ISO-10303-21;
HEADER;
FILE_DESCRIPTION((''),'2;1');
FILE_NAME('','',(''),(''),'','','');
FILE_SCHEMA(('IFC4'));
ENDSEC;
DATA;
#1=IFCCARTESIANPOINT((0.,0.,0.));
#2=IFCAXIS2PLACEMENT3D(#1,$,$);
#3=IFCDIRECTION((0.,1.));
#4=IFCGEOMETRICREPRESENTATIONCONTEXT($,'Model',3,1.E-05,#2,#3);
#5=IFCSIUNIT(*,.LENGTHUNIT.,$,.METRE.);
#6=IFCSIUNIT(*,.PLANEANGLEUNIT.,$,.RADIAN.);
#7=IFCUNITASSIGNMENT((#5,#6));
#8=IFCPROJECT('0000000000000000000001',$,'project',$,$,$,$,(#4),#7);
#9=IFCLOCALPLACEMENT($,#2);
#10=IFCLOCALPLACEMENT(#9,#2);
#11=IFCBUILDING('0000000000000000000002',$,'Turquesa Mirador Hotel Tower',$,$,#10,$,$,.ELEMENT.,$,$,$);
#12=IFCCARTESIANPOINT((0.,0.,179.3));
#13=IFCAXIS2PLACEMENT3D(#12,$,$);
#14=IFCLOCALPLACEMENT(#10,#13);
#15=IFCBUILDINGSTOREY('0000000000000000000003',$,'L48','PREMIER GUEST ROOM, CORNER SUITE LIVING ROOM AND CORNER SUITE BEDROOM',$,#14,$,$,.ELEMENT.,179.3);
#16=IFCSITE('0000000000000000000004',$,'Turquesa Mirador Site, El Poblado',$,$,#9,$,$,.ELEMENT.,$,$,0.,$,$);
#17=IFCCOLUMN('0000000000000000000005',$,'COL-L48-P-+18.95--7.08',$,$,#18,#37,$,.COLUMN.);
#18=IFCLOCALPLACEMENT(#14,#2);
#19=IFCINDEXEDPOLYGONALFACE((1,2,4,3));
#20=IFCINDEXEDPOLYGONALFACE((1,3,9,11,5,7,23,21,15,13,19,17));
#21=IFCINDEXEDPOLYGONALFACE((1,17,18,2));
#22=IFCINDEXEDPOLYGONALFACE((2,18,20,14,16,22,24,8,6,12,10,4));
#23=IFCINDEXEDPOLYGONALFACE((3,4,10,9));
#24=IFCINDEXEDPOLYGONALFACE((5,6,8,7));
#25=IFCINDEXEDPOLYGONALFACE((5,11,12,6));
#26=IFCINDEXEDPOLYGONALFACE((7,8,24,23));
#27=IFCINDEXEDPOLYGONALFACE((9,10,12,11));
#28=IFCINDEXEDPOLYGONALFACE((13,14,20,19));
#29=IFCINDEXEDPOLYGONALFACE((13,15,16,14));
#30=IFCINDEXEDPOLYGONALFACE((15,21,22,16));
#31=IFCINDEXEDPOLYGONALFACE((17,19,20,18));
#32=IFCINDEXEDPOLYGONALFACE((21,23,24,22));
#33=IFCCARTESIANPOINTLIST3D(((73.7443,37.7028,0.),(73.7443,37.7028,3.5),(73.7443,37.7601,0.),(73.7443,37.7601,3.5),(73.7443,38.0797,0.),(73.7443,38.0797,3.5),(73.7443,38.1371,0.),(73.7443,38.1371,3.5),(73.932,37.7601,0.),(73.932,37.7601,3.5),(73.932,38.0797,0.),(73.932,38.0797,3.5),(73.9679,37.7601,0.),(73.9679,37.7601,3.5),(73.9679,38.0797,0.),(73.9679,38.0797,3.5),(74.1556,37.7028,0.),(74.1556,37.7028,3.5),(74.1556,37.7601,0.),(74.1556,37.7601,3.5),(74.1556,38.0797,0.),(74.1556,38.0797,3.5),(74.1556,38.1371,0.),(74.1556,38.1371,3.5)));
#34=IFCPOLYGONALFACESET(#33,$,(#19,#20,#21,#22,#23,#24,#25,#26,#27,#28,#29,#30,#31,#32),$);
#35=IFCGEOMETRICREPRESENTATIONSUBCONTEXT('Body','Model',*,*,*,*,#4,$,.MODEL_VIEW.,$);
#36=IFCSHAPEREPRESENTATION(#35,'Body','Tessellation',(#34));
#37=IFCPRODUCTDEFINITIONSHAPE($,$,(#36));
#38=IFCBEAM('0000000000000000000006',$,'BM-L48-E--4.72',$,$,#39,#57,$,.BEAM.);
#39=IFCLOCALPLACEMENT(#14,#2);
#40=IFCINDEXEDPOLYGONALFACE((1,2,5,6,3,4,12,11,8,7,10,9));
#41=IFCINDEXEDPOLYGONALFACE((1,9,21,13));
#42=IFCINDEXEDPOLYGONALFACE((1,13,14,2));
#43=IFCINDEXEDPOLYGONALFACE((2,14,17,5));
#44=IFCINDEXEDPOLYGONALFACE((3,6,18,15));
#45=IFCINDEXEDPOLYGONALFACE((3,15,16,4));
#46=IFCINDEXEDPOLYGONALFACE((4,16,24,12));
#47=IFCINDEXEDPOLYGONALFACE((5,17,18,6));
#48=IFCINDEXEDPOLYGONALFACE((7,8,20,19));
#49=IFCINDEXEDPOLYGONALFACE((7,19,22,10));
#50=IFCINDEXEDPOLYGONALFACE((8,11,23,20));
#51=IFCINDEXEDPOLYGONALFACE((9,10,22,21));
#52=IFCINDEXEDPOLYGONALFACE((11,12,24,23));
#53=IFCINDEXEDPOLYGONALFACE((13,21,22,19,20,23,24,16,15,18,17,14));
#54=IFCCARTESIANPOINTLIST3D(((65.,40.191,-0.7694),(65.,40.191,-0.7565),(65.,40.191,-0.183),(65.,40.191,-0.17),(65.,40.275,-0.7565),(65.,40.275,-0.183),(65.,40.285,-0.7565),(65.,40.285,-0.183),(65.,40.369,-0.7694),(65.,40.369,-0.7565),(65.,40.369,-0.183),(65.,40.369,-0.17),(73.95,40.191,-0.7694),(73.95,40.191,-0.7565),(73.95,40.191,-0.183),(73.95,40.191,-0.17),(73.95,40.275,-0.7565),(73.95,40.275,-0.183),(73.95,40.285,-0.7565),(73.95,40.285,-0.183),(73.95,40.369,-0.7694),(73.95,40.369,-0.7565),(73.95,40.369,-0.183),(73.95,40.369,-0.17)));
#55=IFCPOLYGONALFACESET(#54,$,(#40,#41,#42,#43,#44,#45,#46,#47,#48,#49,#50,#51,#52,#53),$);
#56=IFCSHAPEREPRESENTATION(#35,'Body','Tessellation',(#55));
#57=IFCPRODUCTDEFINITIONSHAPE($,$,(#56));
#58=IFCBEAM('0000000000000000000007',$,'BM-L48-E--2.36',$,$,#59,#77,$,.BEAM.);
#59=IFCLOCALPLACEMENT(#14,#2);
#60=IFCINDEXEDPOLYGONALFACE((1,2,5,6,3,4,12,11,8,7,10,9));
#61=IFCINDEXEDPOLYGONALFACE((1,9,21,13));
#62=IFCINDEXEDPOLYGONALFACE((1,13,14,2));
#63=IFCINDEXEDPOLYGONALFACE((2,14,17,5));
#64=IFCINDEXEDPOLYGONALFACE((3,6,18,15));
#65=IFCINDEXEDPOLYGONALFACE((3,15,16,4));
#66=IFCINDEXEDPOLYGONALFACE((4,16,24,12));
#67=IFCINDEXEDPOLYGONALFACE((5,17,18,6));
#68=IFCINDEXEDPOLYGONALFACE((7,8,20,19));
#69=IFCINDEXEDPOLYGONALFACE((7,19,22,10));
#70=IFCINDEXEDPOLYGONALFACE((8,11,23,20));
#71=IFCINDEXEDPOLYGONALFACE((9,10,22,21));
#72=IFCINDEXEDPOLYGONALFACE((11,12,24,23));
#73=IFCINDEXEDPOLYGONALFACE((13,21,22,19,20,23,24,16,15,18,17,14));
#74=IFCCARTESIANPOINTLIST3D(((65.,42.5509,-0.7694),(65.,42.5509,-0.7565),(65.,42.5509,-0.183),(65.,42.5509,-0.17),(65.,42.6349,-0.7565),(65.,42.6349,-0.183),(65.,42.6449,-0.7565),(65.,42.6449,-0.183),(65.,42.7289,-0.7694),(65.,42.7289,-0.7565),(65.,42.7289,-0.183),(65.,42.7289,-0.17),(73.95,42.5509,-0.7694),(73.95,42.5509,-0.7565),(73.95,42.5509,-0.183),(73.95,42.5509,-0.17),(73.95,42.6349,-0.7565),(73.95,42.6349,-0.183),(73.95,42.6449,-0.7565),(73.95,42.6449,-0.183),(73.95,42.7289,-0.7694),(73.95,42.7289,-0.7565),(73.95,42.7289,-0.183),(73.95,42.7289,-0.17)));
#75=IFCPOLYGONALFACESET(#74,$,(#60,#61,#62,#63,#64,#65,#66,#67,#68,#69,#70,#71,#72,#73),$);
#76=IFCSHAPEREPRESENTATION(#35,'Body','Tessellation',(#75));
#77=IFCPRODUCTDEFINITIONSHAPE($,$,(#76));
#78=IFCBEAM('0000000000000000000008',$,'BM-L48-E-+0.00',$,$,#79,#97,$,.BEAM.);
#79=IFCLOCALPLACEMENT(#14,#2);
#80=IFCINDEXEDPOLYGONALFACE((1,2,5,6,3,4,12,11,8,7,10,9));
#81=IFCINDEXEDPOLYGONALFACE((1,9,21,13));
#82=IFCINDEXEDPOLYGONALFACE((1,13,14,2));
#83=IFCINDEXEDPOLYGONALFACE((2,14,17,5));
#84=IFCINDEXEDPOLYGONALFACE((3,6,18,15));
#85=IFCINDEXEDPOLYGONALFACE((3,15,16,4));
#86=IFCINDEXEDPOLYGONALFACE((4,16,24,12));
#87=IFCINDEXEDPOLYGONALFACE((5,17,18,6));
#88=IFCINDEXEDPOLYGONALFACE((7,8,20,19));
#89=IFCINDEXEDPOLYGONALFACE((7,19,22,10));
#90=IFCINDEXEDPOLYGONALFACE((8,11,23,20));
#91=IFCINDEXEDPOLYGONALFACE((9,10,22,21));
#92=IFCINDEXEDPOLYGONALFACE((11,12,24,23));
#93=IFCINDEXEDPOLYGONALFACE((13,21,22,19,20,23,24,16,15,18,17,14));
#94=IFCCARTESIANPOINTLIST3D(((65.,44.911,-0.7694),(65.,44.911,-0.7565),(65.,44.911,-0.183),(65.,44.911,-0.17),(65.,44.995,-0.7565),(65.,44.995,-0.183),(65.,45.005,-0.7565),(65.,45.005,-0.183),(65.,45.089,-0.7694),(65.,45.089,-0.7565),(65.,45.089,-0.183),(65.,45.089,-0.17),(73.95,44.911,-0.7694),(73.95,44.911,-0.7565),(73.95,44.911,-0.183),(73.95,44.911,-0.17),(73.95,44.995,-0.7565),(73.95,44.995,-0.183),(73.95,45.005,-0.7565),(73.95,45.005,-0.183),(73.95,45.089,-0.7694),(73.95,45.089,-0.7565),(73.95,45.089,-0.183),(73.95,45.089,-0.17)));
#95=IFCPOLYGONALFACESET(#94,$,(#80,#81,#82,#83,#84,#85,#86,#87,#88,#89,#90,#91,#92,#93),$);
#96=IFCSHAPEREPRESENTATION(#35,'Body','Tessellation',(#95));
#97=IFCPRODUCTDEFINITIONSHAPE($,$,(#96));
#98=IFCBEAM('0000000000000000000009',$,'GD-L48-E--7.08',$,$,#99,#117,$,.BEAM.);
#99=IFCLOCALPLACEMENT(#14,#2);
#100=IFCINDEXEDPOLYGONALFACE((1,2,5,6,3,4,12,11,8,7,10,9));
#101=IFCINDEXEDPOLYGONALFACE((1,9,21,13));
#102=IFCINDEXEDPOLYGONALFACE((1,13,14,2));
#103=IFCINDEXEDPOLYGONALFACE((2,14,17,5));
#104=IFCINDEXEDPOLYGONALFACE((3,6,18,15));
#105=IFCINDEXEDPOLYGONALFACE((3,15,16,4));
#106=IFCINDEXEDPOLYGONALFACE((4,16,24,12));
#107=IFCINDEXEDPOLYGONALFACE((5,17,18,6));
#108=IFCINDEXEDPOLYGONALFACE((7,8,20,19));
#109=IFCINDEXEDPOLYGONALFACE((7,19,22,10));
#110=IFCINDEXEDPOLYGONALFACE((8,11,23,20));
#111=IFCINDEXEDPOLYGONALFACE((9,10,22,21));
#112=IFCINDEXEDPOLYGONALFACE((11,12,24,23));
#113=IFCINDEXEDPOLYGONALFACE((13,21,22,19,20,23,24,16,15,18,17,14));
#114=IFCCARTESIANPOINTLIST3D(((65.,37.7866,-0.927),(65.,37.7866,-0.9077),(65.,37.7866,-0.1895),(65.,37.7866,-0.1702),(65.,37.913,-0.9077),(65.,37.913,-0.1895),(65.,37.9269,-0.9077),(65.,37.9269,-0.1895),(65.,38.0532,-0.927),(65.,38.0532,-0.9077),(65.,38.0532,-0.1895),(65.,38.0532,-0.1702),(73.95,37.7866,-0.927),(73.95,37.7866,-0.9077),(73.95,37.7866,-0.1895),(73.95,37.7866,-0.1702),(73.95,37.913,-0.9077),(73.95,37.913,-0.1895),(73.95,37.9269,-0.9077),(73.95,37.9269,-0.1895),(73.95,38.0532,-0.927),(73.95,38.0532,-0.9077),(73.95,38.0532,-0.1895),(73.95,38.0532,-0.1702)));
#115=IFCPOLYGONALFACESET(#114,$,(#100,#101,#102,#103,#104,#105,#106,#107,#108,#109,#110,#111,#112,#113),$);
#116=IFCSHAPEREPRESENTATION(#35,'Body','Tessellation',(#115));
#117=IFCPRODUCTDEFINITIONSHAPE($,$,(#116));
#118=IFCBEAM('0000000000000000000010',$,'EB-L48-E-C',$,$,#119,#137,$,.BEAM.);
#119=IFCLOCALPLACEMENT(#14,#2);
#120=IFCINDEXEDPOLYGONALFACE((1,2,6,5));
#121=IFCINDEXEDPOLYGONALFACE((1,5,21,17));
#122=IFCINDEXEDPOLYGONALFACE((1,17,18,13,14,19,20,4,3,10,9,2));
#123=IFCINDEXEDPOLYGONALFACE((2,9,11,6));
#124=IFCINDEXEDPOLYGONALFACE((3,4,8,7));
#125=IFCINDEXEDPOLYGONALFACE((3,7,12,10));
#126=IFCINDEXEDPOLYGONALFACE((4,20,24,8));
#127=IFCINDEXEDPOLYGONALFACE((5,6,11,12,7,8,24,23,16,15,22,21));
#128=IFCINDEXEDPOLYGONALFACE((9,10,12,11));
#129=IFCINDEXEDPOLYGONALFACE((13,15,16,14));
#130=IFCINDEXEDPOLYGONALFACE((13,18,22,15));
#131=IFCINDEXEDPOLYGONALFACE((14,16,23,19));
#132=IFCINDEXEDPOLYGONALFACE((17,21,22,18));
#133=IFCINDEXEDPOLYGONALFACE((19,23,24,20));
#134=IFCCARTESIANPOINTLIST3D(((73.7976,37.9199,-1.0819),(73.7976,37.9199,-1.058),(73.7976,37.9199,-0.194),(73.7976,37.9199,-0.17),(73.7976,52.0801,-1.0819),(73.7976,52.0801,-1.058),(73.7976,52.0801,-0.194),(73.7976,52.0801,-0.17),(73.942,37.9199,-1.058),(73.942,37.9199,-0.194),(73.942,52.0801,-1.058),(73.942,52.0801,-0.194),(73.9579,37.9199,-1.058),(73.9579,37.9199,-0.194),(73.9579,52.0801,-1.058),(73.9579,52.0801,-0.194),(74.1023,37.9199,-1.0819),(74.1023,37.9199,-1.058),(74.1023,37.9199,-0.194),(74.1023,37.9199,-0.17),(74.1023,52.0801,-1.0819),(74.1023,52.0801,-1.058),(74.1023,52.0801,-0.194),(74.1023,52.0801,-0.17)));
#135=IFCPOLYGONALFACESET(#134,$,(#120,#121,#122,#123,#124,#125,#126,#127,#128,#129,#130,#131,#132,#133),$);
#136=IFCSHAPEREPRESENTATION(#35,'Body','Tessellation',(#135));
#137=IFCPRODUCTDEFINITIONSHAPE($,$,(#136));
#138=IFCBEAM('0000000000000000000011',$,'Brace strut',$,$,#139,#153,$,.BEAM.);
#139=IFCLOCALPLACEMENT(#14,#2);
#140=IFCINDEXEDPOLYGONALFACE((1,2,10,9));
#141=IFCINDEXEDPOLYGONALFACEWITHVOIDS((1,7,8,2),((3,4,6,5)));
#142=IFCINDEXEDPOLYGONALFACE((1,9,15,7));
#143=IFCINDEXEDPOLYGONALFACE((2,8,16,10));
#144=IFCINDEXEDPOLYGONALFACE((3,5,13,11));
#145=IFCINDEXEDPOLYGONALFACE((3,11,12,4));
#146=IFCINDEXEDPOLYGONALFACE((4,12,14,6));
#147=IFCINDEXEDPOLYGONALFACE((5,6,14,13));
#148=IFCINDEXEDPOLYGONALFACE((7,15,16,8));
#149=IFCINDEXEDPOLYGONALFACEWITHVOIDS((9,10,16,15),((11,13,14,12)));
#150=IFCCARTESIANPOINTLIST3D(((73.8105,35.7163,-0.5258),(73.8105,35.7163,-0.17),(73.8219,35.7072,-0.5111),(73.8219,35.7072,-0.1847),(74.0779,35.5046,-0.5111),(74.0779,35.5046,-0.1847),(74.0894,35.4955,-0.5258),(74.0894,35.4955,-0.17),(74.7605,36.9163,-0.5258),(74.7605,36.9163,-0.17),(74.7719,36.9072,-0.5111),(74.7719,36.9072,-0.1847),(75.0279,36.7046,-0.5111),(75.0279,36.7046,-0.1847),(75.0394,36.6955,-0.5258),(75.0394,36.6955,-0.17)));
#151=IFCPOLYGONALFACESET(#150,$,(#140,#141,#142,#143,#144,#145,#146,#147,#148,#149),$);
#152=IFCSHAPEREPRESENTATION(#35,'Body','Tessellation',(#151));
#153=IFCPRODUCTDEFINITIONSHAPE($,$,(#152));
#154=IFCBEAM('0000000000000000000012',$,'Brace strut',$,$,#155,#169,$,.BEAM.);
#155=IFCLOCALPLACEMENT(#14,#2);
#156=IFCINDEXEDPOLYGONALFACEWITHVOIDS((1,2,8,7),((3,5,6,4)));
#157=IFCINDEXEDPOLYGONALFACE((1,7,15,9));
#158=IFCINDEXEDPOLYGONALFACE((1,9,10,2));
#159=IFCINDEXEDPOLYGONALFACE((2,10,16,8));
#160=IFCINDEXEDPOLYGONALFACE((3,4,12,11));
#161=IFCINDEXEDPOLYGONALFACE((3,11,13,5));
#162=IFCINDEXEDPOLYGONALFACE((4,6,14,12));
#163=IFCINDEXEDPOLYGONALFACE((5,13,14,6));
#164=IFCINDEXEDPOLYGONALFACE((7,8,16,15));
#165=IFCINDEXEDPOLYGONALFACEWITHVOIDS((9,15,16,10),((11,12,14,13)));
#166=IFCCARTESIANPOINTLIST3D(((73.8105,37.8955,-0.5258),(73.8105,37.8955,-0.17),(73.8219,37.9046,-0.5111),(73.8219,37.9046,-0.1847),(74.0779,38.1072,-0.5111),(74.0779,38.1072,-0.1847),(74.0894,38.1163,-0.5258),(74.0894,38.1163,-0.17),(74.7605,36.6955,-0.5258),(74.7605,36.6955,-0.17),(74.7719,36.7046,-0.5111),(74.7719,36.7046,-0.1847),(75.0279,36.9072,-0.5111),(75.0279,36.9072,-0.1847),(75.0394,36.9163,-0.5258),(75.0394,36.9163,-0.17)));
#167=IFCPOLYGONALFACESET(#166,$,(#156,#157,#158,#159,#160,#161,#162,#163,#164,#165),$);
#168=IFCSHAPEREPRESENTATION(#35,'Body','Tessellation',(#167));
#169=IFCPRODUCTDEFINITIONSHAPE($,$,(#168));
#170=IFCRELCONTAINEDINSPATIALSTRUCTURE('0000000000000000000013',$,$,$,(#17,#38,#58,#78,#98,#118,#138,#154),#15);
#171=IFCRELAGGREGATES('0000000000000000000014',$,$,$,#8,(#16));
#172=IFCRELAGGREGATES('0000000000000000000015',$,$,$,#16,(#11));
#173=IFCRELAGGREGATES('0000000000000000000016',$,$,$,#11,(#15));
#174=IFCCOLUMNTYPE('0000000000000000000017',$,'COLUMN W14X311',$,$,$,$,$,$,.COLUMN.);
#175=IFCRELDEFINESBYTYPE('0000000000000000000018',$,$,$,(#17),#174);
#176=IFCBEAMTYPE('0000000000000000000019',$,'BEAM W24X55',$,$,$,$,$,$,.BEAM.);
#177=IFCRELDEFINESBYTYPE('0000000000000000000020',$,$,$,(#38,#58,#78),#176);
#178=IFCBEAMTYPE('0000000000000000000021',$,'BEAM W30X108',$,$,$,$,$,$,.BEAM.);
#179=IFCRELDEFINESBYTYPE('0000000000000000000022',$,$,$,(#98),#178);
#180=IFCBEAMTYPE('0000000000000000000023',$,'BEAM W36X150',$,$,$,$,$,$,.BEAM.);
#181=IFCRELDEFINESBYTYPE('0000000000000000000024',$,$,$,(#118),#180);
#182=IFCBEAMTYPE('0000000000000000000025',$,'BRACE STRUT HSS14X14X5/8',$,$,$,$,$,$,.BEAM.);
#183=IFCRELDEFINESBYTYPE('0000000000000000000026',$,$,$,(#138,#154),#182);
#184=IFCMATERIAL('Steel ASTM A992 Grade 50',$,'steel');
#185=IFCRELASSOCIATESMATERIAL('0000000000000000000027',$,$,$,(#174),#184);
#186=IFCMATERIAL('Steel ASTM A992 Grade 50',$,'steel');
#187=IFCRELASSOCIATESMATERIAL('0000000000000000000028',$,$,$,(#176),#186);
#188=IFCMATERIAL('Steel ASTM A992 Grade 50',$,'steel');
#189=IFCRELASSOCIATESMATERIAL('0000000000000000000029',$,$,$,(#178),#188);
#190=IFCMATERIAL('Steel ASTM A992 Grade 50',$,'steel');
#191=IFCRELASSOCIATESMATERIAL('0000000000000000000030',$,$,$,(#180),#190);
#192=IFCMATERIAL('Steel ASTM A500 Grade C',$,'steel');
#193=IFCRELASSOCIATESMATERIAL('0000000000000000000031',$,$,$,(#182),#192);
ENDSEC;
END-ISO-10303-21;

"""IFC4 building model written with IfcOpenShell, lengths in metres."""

from ifc_helpers import new_model, si_unit, direction, frame, origin, origin_2d, place, context, subcontext, project, spatial, hollow_rectangle, i_section, extrude, material, material_profile, profile_set, type_object, element, save


model = new_model("IFC4")

# Units and contexts
model_context = context("Model", 3, precision=1e-05, world=origin(), true_north=direction((0.0, 1.0)))
body_context = subcontext(model_context, "Body", "Model", "MODEL_VIEW")
ifc_project = project(units=[si_unit("LENGTHUNIT", "METRE"), si_unit("PLANEANGLEUNIT", "RADIAN")], contexts=[model_context])

# Site, building, storey
site_placement = place(None, origin())
site = spatial("IfcSite", under=ifc_project, at=site_placement, Name="Turquesa Mirador Site, El Poblado", CompositionType="ELEMENT", RefElevation=0.0)
building_placement = place(site_placement, origin())
building = spatial("IfcBuilding", under=site, at=building_placement, Name="Turquesa Mirador Hotel Tower", CompositionType="ELEMENT")
storey_placement = place(building_placement, frame((0.0, 0.0, 179.3)))
storey = spatial("IfcBuildingStorey", under=building, at=storey_placement, Name="L48", Description="PREMIER GUEST ROOM, CORNER SUITE LIVING ROOM AND CORNER SUITE BEDROOM", CompositionType="ELEMENT", Elevation=179.3)

# Column
ifc_material_1 = material(Name="Steel ASTM A992 Grade 50", Category="steel")
ifc_material_profile_1 = material_profile(ifc_material_1, i_section(OverallWidth=0.4114, OverallDepth=0.4343, WebThickness=0.0359, FlangeThickness=0.0574, at=origin_2d()), Name="W14X311")
ifc_profile_set_1 = profile_set([ifc_material_profile_1], Name="Steel ASTM A992 Grade 50")
column_type = type_object("IfcColumnType", Name="COLUMN W14X311", PredefinedType="COLUMN", material=ifc_profile_set_1)
column_placement = place(storey_placement, frame((73.95, 37.9199, 0.0), z_axis=(0.0, 0.0, 1.0), x_axis=(1.0, 0.0, 0.0)))
element("IfcColumn", 1, at=column_placement, inside=storey, type_object=column_type, Name="COL-L48-P-+18.95--7.08", PredefinedType="COLUMN", context=body_context, shape_type="SweptSolid", body=[
    extrude(i_section(OverallWidth=0.4114, OverallDepth=0.4343, WebThickness=0.0359, FlangeThickness=0.0574, at=origin_2d()), origin(), (0.0, 0.0, 1.0), 3.5),
])

# Beams
ifc_material_2 = material(Name="Steel ASTM A992 Grade 50", Category="steel")
ifc_material_profile_2 = material_profile(ifc_material_2, i_section(OverallWidth=0.178, OverallDepth=0.5994, WebThickness=0.01, FlangeThickness=0.0129, at=origin_2d()), Name="W24X55")
ifc_profile_set_2 = profile_set([ifc_material_profile_2], Name="Steel ASTM A992 Grade 50")
beam_type_1 = type_object("IfcBeamType", Name="BEAM W24X55", PredefinedType="BEAM", material=ifc_profile_set_2)
for number, where, z_axis, x_axis, name in (
    (2, (73.95, 40.28, -0.4697), (-1.0, 0.0, 0.0), (0.0, -1.0, 0.0), "BM-L48-E--4.72"),
    (3, (73.95, 42.6399, -0.4697), (-1.0, 0.0, 0.0), (0.0, -1.0, 0.0), "BM-L48-E--2.36"),
    (4, (73.95, 45.0, -0.4697), (-1.0, 0.0, 0.0), (0.0, -1.0, 0.0), "BM-L48-E-+0.00"),
):
    element("IfcBeam", number, at=place(storey_placement, frame(where, z_axis=z_axis, x_axis=x_axis)), inside=storey, type_object=beam_type_1, Name=name, PredefinedType="BEAM", context=body_context, shape_type="SweptSolid", body=[
        extrude(i_section(OverallWidth=0.178, OverallDepth=0.5994, WebThickness=0.01, FlangeThickness=0.0129, at=origin_2d()), origin(), (0.0, 0.0, 1.0), 8.95),
    ])
ifc_material_3 = material(Name="Steel ASTM A992 Grade 50", Category="steel")
ifc_material_profile_3 = material_profile(ifc_material_3, i_section(OverallWidth=0.2666, OverallDepth=0.7568, WebThickness=0.0139, FlangeThickness=0.0193, at=origin_2d()), Name="W30X108")
ifc_profile_set_3 = profile_set([ifc_material_profile_3], Name="Steel ASTM A992 Grade 50")
beam_type_2 = type_object("IfcBeamType", Name="BEAM W30X108", PredefinedType="BEAM", material=ifc_profile_set_3)
beam_1_placement = place(storey_placement, frame((73.95, 37.9199, -0.5486), z_axis=(-1.0, 0.0, 0.0), x_axis=(0.0, -1.0, 0.0)))
element("IfcBeam", 5, at=beam_1_placement, inside=storey, type_object=beam_type_2, Name="GD-L48-E--7.08", PredefinedType="BEAM", context=body_context, shape_type="SweptSolid", body=[
    extrude(i_section(OverallWidth=0.2666, OverallDepth=0.7568, WebThickness=0.0139, FlangeThickness=0.0193, at=origin_2d()), origin(), (0.0, 0.0, 1.0), 8.95),
])
ifc_material_4 = material(Name="Steel ASTM A992 Grade 50", Category="steel")
ifc_material_profile_4 = material_profile(ifc_material_4, i_section(OverallWidth=0.3047, OverallDepth=0.9119, WebThickness=0.0159, FlangeThickness=0.0239, at=origin_2d()), Name="W36X150")
ifc_profile_set_4 = profile_set([ifc_material_profile_4], Name="Steel ASTM A992 Grade 50")
beam_type_3 = type_object("IfcBeamType", Name="BEAM W36X150", PredefinedType="BEAM", material=ifc_profile_set_4)
beam_2_placement = place(storey_placement, frame((73.95, 37.9199, -0.626), z_axis=(0.0, 1.0, 0.0), x_axis=(-1.0, 0.0, 0.0)))
element("IfcBeam", 6, at=beam_2_placement, inside=storey, type_object=beam_type_3, Name="EB-L48-E-C", PredefinedType="BEAM", context=body_context, shape_type="SweptSolid", body=[
    extrude(i_section(OverallWidth=0.3047, OverallDepth=0.9119, WebThickness=0.0159, FlangeThickness=0.0239, at=origin_2d()), origin(), (0.0, 0.0, 1.0), 14.1602),
])
ifc_material_5 = material(Name="Steel ASTM A500 Grade C", Category="steel")
ifc_material_profile_5 = material_profile(ifc_material_5, hollow_rectangle(XDim=0.3557, YDim=0.3557, WallThickness=0.0146, at=origin_2d()), Name="HSS14X14X5/8")
ifc_profile_set_5 = profile_set([ifc_material_profile_5], Name="Steel ASTM A500 Grade C")
beam_type_4 = type_object("IfcBeamType", Name="BRACE STRUT HSS14X14X5/8", PredefinedType="BEAM", material=ifc_profile_set_5)
for number, where, z_axis, x_axis, name in (
    (7, (74.8999, 36.8059, -0.3479), (-0.620699, -0.784049, 0.0), (0.784049, -0.620699, 0.0), "Brace strut"),
    (8, (74.8999, 36.8059, -0.3479), (-0.620699, 0.784049, 0.0), (-0.784049, -0.620699, 0.0), "Brace strut"),
):
    element("IfcBeam", number, at=place(storey_placement, frame(where, z_axis=z_axis, x_axis=x_axis)), inside=storey, type_object=beam_type_4, Name=name, PredefinedType="BEAM", context=body_context, shape_type="SweptSolid", body=[
        extrude(hollow_rectangle(XDim=0.3557, YDim=0.3557, WallThickness=0.0146, at=origin_2d()), origin(), (0.0, 0.0, 1.0), 1.5305),
    ])

save(model, "model.ifc")
